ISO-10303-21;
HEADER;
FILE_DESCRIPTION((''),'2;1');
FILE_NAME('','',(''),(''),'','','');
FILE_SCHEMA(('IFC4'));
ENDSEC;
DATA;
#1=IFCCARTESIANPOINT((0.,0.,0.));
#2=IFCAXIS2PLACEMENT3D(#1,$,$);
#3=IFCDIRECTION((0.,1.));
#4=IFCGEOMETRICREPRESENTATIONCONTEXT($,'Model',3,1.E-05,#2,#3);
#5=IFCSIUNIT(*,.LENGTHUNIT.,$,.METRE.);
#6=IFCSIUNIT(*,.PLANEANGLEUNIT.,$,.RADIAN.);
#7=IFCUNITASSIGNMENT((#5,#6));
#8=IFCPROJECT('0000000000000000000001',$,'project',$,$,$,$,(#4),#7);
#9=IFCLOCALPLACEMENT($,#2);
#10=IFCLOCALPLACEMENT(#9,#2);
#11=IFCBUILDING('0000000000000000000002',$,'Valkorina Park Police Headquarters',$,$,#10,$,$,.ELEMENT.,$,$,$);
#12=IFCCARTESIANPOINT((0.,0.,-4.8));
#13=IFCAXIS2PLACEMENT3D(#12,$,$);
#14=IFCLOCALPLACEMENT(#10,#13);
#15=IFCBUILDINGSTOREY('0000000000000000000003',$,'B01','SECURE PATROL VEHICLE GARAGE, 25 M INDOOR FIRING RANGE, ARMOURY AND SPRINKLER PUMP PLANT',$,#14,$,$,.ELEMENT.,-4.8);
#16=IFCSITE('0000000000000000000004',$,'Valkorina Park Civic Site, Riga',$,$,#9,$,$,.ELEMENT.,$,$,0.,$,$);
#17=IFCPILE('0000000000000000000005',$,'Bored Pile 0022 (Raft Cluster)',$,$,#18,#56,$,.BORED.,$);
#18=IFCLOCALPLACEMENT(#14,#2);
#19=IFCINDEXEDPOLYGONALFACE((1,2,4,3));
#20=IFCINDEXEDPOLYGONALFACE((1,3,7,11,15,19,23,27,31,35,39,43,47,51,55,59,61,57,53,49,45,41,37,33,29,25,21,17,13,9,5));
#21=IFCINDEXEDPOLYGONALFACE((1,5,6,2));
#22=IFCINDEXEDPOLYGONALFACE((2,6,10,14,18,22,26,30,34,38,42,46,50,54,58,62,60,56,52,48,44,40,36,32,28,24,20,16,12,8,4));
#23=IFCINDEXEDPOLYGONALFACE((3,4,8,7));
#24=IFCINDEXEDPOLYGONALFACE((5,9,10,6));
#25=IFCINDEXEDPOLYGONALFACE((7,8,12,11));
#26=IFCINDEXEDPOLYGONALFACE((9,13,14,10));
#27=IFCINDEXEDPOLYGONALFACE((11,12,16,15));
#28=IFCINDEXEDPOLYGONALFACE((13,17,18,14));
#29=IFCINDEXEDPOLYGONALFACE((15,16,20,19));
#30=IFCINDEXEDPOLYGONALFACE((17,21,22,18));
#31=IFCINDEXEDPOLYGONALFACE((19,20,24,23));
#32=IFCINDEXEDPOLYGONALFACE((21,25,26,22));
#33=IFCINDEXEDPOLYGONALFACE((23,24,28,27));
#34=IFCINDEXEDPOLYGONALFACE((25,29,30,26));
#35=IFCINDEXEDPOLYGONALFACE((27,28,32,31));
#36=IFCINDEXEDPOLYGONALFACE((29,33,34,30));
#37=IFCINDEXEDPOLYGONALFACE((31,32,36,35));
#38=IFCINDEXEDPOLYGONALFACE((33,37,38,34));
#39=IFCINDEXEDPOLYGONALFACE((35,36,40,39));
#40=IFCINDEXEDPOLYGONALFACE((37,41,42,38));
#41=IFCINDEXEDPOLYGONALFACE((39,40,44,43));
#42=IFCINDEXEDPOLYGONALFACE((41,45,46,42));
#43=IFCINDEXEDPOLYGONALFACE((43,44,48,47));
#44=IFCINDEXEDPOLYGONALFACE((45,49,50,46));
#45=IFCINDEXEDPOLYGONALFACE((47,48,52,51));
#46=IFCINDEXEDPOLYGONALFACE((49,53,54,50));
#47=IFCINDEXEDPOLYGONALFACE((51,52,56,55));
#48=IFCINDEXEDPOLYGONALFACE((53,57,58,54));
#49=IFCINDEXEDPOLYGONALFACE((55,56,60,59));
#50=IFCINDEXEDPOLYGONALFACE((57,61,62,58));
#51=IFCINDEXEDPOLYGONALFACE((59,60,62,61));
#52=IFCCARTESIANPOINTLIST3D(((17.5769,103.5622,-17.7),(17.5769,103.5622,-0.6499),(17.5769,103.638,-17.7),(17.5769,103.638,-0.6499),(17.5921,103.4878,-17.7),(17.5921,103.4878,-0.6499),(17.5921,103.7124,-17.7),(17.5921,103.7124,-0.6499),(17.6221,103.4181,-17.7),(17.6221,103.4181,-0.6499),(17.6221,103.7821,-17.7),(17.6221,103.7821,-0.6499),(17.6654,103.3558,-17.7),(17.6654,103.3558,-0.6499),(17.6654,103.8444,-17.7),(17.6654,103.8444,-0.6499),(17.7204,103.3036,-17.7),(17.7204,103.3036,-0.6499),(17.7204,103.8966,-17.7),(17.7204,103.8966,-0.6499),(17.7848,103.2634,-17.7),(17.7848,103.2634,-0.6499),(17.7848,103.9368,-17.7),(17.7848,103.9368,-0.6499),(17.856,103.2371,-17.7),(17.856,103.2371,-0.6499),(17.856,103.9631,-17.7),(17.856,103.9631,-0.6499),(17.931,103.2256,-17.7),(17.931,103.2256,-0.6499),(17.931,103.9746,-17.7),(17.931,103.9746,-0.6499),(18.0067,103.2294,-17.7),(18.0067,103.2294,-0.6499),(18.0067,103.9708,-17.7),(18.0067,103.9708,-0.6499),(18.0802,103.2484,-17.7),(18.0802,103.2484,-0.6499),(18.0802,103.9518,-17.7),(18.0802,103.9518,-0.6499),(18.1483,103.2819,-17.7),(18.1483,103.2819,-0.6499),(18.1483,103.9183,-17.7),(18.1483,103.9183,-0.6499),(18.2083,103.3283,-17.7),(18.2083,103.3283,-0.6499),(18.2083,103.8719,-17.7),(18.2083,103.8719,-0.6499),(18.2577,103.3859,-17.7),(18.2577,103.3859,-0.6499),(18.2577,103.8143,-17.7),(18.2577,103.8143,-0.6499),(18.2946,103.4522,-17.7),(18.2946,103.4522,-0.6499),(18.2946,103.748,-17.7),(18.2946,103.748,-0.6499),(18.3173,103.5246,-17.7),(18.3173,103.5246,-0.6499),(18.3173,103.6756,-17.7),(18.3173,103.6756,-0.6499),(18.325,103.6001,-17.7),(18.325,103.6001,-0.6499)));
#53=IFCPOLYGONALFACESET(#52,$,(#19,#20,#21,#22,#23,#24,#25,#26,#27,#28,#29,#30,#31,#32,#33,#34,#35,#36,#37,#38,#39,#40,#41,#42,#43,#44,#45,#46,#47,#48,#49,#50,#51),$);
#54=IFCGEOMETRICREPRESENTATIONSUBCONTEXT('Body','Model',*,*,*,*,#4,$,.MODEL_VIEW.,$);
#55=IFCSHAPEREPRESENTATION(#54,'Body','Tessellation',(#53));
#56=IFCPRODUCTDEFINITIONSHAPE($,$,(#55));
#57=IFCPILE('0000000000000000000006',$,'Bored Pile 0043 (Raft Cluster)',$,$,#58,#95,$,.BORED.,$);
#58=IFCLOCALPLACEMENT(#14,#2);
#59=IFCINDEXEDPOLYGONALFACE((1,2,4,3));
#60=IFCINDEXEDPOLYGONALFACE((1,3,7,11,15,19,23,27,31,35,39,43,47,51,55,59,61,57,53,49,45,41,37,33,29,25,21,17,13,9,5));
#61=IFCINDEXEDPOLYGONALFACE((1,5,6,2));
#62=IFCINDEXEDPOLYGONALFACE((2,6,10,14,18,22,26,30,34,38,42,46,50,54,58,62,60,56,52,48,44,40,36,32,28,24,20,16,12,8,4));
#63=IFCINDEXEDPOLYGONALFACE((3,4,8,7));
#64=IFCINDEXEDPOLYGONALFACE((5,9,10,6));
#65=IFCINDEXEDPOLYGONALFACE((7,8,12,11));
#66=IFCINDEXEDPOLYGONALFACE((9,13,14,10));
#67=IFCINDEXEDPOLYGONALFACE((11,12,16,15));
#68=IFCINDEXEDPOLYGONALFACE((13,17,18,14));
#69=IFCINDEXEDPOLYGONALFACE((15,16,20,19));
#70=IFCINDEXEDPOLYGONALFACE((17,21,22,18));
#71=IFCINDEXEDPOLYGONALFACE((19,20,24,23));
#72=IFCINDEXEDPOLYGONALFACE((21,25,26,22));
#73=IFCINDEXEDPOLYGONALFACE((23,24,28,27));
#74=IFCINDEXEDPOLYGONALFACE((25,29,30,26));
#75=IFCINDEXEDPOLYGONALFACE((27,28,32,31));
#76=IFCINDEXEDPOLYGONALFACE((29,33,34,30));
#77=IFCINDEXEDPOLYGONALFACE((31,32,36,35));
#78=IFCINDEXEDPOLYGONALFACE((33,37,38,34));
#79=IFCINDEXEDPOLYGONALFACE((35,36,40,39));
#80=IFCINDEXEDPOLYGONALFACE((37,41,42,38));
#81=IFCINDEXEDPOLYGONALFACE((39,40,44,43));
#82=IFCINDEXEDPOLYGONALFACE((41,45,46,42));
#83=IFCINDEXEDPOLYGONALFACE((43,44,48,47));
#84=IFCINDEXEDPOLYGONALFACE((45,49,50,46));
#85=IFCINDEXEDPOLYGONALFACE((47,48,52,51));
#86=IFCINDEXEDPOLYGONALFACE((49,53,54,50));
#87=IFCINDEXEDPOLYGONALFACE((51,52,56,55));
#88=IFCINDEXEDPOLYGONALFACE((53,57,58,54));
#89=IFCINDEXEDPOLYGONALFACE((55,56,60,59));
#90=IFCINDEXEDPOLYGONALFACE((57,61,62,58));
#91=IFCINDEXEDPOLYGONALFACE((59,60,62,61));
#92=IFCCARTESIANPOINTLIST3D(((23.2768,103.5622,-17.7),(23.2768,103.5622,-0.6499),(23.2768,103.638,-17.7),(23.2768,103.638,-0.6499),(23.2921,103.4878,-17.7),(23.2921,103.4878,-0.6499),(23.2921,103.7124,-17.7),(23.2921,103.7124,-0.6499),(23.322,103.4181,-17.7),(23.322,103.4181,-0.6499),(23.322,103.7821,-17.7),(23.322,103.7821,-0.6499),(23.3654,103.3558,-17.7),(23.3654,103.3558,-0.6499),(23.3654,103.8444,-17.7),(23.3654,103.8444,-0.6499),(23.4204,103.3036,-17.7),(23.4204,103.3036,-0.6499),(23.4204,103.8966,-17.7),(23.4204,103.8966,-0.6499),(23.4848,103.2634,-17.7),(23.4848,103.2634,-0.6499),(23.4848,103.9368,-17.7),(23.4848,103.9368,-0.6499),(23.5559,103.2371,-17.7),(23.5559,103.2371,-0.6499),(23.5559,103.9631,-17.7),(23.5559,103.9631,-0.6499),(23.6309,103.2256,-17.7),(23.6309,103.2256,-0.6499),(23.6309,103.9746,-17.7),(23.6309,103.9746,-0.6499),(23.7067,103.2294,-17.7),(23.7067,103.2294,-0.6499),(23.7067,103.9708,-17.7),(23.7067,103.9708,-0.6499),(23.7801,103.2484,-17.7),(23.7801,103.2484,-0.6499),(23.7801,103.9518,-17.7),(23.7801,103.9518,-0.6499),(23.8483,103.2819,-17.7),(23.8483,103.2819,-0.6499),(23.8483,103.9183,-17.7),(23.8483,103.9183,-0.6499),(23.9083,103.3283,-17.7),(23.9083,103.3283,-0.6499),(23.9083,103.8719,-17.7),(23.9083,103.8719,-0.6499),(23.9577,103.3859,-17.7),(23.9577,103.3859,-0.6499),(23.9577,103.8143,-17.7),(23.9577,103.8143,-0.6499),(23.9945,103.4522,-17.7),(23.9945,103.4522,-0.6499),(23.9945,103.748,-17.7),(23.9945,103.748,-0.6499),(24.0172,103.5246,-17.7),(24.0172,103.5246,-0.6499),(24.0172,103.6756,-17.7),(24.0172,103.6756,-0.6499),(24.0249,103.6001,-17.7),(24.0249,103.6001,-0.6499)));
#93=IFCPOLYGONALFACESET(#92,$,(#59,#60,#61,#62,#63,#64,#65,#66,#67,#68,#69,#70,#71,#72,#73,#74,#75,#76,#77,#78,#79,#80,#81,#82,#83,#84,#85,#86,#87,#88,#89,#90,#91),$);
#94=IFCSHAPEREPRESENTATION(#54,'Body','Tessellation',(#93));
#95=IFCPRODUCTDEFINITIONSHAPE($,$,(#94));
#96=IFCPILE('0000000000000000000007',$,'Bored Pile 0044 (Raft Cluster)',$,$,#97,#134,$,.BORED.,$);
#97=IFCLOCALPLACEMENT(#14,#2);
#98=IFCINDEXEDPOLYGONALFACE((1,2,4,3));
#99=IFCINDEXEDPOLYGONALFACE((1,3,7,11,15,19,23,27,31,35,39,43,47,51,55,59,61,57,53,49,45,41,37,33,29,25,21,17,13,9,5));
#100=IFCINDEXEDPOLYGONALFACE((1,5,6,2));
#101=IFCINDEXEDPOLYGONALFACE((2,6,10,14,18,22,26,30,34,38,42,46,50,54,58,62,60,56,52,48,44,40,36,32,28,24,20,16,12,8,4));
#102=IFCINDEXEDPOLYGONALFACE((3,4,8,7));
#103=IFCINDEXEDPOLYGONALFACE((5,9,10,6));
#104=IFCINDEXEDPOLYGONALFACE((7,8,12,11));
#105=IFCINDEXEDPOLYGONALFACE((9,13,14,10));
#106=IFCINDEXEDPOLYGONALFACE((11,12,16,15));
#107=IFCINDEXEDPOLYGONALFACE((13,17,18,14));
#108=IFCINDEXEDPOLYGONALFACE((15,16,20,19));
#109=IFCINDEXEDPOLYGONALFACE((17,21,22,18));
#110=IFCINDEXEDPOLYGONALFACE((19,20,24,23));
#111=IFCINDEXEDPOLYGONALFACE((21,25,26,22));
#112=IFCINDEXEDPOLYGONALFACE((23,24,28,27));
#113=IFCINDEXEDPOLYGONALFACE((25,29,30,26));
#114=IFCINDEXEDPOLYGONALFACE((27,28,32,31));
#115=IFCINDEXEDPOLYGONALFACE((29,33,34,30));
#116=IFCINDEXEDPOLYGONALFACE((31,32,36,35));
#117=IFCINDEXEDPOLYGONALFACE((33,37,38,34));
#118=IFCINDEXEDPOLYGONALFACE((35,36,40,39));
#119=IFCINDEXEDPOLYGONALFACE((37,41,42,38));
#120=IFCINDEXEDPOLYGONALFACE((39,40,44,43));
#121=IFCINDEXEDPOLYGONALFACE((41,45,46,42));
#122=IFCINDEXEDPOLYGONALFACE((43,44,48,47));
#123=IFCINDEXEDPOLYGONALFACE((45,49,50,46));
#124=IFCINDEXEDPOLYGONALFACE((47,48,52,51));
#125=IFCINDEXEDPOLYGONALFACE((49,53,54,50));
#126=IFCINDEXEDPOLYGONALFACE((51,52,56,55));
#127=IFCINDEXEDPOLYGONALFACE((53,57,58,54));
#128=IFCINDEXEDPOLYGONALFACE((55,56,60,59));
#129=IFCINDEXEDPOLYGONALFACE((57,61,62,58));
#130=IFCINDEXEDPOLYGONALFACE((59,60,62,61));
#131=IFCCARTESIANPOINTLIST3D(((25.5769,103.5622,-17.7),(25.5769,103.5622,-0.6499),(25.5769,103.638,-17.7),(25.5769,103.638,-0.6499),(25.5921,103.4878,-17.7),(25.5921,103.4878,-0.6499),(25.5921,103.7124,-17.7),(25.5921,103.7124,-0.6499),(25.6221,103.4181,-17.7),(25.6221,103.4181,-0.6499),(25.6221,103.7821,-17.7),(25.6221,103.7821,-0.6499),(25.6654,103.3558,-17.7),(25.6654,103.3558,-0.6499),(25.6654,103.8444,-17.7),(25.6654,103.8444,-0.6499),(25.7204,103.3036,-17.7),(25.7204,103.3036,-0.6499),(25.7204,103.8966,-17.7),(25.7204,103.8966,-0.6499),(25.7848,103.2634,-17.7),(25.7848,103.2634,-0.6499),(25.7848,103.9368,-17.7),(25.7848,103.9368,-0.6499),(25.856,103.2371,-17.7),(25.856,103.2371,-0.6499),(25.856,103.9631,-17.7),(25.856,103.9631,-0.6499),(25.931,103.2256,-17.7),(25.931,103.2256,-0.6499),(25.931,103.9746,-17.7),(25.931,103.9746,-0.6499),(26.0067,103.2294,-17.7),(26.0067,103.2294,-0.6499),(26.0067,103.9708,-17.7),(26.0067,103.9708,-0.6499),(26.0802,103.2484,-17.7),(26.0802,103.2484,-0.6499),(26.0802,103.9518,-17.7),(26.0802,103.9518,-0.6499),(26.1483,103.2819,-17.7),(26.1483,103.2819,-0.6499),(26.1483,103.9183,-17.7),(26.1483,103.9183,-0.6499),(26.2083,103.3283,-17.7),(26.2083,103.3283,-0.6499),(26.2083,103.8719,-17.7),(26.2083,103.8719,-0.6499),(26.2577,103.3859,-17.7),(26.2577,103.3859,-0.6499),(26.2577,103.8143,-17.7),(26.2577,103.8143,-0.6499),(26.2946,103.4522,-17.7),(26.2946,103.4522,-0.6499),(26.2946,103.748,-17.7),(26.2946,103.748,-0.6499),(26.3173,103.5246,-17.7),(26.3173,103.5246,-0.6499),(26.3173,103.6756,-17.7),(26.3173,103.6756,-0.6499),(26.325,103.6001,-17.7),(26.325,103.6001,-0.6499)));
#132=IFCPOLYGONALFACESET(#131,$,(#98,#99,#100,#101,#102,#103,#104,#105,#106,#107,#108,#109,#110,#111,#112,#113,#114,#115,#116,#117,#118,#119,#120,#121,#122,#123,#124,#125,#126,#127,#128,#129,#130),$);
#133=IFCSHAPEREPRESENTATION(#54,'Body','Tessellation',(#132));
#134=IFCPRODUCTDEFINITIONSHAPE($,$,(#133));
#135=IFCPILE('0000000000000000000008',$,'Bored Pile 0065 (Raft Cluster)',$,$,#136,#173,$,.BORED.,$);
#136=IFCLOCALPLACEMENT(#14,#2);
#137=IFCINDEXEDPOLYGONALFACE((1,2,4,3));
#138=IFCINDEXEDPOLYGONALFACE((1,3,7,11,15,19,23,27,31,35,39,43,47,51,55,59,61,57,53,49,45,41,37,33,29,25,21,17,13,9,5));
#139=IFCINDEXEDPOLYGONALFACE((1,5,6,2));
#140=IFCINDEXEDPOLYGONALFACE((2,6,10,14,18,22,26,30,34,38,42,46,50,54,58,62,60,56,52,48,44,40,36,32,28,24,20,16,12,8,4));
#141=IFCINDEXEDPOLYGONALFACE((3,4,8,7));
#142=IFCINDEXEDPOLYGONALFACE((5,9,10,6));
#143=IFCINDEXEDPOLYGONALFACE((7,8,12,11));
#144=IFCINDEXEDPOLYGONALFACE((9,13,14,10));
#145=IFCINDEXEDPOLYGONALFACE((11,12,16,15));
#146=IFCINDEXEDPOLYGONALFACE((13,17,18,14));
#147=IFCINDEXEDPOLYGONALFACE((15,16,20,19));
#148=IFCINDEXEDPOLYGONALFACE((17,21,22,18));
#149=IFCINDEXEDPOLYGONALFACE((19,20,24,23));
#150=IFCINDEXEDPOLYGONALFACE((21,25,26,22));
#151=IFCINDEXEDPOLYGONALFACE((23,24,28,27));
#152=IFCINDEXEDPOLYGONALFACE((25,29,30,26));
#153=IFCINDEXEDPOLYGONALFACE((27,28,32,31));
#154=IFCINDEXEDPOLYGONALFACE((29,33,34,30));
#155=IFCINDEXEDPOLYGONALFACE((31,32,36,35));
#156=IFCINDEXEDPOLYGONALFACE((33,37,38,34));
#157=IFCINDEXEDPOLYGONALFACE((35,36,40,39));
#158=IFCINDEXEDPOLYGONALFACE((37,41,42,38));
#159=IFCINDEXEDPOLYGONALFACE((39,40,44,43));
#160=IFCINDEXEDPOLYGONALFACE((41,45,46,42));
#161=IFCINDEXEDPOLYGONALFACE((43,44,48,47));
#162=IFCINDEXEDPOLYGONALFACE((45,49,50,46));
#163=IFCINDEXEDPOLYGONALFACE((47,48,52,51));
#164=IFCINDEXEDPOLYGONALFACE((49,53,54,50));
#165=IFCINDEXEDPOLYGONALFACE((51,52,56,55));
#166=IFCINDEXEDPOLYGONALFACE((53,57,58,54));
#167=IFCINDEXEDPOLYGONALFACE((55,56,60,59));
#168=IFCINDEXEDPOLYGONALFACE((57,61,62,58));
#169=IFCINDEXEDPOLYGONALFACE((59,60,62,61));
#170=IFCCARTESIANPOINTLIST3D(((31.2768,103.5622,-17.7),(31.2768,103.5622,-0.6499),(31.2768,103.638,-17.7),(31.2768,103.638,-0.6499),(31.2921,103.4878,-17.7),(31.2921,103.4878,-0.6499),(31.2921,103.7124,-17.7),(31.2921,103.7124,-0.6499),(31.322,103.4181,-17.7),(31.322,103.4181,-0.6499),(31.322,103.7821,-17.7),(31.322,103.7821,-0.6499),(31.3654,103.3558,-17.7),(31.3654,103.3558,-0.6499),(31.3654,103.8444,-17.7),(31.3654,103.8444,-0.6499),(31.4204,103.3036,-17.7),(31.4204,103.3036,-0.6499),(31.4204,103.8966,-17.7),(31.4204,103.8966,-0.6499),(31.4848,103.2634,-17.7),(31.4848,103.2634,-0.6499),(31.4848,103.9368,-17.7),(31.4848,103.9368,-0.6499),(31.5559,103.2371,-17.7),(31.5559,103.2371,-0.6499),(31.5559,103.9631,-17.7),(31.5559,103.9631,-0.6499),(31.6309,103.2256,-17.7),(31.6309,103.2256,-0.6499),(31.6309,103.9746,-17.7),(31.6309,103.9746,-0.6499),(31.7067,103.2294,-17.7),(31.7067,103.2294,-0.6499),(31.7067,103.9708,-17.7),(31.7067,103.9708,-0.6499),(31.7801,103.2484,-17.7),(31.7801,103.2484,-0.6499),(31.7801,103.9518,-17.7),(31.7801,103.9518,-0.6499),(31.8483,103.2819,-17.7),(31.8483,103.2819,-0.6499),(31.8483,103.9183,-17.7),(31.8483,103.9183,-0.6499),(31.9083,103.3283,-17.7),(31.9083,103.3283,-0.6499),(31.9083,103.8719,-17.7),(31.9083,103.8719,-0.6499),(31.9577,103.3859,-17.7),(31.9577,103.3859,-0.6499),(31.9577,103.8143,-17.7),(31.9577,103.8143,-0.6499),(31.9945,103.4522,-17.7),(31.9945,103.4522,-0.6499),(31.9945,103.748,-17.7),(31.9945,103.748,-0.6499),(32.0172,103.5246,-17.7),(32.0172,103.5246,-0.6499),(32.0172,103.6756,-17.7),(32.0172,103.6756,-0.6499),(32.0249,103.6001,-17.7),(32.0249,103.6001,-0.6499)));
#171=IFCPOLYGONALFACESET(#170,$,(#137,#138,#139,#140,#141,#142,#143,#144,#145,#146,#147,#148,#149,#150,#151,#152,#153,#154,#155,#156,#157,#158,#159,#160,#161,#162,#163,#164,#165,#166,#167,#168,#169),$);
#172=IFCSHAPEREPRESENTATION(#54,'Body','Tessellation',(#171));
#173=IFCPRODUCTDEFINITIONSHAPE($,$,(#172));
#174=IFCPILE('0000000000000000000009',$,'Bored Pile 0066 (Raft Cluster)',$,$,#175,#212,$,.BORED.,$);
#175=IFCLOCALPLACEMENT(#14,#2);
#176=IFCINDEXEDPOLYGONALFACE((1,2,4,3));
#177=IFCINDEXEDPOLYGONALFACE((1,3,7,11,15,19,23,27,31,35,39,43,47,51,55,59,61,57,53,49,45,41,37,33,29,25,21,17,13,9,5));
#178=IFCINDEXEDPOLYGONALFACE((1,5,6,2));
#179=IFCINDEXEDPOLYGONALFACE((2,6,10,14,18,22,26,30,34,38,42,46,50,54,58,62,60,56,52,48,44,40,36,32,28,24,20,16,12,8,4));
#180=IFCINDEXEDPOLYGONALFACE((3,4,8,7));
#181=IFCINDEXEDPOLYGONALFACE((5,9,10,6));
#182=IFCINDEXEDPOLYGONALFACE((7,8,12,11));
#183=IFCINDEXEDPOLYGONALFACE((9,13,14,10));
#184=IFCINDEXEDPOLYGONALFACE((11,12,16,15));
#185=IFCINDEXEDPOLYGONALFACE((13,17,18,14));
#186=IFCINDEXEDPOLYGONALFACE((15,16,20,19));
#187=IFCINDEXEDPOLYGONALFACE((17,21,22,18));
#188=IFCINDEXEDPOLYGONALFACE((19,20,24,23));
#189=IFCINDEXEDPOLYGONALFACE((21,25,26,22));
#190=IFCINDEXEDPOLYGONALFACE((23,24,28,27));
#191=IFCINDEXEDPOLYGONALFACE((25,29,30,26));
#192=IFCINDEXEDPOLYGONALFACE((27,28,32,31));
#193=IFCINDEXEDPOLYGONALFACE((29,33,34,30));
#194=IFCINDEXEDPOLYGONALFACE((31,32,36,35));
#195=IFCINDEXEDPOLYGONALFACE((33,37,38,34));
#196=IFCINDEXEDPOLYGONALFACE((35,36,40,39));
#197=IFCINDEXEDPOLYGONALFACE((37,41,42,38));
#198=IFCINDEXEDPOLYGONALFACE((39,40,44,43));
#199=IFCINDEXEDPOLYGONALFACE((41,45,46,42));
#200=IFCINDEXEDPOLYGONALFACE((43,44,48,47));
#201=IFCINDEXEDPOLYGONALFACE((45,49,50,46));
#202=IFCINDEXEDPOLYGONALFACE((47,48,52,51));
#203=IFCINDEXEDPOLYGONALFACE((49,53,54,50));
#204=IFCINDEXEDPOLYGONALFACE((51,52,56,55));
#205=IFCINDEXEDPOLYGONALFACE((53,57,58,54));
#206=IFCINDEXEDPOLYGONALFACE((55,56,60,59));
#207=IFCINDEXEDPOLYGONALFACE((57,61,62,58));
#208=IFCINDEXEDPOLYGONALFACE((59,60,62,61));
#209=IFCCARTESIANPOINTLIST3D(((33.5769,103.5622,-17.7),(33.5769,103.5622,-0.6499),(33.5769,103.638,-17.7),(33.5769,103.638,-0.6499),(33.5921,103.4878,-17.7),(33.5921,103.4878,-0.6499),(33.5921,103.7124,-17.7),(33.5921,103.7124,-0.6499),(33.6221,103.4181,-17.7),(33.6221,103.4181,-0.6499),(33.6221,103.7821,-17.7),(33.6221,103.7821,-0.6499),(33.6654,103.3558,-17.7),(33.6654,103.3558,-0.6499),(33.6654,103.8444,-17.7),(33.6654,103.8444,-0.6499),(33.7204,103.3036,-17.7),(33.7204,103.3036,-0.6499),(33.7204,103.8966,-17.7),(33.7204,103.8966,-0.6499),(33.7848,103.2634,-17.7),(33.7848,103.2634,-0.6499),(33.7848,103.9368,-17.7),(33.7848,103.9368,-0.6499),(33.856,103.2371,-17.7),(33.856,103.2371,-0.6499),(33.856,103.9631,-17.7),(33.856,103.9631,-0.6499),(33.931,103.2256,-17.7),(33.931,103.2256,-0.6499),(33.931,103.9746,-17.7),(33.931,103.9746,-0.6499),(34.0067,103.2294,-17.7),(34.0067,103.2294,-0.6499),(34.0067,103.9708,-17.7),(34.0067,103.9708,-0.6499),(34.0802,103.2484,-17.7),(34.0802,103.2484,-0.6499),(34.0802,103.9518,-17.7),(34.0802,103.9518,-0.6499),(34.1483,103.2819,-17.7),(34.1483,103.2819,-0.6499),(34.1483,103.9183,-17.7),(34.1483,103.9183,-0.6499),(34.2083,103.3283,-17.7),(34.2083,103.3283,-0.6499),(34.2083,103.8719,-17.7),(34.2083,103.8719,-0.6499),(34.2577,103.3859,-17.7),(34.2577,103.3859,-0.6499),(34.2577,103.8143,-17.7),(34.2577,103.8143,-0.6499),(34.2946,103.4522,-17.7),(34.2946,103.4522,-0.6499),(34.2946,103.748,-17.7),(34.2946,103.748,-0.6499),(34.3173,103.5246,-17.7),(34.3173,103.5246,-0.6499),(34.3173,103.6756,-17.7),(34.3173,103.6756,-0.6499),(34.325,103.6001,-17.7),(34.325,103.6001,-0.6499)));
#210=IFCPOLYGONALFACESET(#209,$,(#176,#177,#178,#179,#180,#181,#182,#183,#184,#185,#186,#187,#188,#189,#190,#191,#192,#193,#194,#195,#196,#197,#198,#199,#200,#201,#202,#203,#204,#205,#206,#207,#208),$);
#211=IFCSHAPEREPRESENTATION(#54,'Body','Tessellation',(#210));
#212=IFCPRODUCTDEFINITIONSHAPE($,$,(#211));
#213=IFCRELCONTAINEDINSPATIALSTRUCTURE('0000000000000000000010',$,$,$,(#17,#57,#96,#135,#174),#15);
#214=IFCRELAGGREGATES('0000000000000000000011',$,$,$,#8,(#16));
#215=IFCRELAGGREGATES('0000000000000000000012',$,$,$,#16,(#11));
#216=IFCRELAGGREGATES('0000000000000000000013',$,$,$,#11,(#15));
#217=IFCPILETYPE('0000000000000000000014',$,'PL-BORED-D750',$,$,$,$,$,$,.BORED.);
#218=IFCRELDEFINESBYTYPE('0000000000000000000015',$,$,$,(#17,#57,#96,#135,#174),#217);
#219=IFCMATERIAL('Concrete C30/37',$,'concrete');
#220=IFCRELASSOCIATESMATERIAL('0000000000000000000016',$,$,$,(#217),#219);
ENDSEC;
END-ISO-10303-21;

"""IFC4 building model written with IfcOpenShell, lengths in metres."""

from ifc_helpers import new_model, si_unit, direction, frame, origin, origin_2d, place, context, subcontext, project, spatial, circle, extrude, material, material_profile, profile_set, type_object, element, save


model = new_model("IFC4")

# Units and contexts
model_context = context("Model", 3, precision=1e-05, world=origin(), true_north=direction((0.0, 1.0)))
body_context = subcontext(model_context, "Body", "Model", "MODEL_VIEW")
ifc_project = project(units=[si_unit("LENGTHUNIT", "METRE"), si_unit("PLANEANGLEUNIT", "RADIAN")], contexts=[model_context])

# Site, building, storey
site_placement = place(None, origin())
site = spatial("IfcSite", under=ifc_project, at=site_placement, Name="Valkorina Park Civic Site, Riga", CompositionType="ELEMENT", RefElevation=0.0)
building_placement = place(site_placement, origin())
building = spatial("IfcBuilding", under=site, at=building_placement, Name="Valkorina Park Police Headquarters", CompositionType="ELEMENT")
storey_placement = place(building_placement, frame((0.0, 0.0, -4.8)))
storey = spatial("IfcBuildingStorey", under=building, at=storey_placement, Name="B01", Description="SECURE PATROL VEHICLE GARAGE, 25 M INDOOR FIRING RANGE, ARMOURY AND SPRINKLER PUMP PLANT", CompositionType="ELEMENT", Elevation=-4.8)

# Piles
ifc_material_1 = material(Name="Concrete C30/37", Category="concrete")
ifc_material_profile_1 = material_profile(ifc_material_1, circle(Radius=0.375, at=origin_2d()), Name="BORED PILE D750")
ifc_profile_set_1 = profile_set([ifc_material_profile_1], Name="Concrete C30/37")
pile_type = type_object("IfcPileType", Name="PL-BORED-D750", PredefinedType="BORED", material=ifc_profile_set_1)
for number, where, z_axis, x_axis, name in (
    (1, (17.95, 103.6001, -0.6499), (0.0, 0.0, -1.0), (1.0, 0.0, 0.0), "Bored Pile 0022 (Raft Cluster)"),
    (2, (23.6499, 103.6001, -0.6499), (0.0, 0.0, -1.0), (1.0, 0.0, 0.0), "Bored Pile 0043 (Raft Cluster)"),
    (3, (25.95, 103.6001, -0.6499), (0.0, 0.0, -1.0), (1.0, 0.0, 0.0), "Bored Pile 0044 (Raft Cluster)"),
    (4, (31.6499, 103.6001, -0.6499), (0.0, 0.0, -1.0), (1.0, 0.0, 0.0), "Bored Pile 0065 (Raft Cluster)"),
    (5, (33.95, 103.6001, -0.6499), (0.0, 0.0, -1.0), (1.0, 0.0, 0.0), "Bored Pile 0066 (Raft Cluster)"),
):
    element("IfcPile", number, at=place(storey_placement, frame(where, z_axis=z_axis, x_axis=x_axis)), inside=storey, type_object=pile_type, Name=name, PredefinedType="BORED", context=body_context, shape_type="SweptSolid", body=[
        extrude(circle(Radius=0.375, at=origin_2d()), origin(), (0.0, 0.0, 1.0), 17.05),
    ])

save(model, "model.ifc")
